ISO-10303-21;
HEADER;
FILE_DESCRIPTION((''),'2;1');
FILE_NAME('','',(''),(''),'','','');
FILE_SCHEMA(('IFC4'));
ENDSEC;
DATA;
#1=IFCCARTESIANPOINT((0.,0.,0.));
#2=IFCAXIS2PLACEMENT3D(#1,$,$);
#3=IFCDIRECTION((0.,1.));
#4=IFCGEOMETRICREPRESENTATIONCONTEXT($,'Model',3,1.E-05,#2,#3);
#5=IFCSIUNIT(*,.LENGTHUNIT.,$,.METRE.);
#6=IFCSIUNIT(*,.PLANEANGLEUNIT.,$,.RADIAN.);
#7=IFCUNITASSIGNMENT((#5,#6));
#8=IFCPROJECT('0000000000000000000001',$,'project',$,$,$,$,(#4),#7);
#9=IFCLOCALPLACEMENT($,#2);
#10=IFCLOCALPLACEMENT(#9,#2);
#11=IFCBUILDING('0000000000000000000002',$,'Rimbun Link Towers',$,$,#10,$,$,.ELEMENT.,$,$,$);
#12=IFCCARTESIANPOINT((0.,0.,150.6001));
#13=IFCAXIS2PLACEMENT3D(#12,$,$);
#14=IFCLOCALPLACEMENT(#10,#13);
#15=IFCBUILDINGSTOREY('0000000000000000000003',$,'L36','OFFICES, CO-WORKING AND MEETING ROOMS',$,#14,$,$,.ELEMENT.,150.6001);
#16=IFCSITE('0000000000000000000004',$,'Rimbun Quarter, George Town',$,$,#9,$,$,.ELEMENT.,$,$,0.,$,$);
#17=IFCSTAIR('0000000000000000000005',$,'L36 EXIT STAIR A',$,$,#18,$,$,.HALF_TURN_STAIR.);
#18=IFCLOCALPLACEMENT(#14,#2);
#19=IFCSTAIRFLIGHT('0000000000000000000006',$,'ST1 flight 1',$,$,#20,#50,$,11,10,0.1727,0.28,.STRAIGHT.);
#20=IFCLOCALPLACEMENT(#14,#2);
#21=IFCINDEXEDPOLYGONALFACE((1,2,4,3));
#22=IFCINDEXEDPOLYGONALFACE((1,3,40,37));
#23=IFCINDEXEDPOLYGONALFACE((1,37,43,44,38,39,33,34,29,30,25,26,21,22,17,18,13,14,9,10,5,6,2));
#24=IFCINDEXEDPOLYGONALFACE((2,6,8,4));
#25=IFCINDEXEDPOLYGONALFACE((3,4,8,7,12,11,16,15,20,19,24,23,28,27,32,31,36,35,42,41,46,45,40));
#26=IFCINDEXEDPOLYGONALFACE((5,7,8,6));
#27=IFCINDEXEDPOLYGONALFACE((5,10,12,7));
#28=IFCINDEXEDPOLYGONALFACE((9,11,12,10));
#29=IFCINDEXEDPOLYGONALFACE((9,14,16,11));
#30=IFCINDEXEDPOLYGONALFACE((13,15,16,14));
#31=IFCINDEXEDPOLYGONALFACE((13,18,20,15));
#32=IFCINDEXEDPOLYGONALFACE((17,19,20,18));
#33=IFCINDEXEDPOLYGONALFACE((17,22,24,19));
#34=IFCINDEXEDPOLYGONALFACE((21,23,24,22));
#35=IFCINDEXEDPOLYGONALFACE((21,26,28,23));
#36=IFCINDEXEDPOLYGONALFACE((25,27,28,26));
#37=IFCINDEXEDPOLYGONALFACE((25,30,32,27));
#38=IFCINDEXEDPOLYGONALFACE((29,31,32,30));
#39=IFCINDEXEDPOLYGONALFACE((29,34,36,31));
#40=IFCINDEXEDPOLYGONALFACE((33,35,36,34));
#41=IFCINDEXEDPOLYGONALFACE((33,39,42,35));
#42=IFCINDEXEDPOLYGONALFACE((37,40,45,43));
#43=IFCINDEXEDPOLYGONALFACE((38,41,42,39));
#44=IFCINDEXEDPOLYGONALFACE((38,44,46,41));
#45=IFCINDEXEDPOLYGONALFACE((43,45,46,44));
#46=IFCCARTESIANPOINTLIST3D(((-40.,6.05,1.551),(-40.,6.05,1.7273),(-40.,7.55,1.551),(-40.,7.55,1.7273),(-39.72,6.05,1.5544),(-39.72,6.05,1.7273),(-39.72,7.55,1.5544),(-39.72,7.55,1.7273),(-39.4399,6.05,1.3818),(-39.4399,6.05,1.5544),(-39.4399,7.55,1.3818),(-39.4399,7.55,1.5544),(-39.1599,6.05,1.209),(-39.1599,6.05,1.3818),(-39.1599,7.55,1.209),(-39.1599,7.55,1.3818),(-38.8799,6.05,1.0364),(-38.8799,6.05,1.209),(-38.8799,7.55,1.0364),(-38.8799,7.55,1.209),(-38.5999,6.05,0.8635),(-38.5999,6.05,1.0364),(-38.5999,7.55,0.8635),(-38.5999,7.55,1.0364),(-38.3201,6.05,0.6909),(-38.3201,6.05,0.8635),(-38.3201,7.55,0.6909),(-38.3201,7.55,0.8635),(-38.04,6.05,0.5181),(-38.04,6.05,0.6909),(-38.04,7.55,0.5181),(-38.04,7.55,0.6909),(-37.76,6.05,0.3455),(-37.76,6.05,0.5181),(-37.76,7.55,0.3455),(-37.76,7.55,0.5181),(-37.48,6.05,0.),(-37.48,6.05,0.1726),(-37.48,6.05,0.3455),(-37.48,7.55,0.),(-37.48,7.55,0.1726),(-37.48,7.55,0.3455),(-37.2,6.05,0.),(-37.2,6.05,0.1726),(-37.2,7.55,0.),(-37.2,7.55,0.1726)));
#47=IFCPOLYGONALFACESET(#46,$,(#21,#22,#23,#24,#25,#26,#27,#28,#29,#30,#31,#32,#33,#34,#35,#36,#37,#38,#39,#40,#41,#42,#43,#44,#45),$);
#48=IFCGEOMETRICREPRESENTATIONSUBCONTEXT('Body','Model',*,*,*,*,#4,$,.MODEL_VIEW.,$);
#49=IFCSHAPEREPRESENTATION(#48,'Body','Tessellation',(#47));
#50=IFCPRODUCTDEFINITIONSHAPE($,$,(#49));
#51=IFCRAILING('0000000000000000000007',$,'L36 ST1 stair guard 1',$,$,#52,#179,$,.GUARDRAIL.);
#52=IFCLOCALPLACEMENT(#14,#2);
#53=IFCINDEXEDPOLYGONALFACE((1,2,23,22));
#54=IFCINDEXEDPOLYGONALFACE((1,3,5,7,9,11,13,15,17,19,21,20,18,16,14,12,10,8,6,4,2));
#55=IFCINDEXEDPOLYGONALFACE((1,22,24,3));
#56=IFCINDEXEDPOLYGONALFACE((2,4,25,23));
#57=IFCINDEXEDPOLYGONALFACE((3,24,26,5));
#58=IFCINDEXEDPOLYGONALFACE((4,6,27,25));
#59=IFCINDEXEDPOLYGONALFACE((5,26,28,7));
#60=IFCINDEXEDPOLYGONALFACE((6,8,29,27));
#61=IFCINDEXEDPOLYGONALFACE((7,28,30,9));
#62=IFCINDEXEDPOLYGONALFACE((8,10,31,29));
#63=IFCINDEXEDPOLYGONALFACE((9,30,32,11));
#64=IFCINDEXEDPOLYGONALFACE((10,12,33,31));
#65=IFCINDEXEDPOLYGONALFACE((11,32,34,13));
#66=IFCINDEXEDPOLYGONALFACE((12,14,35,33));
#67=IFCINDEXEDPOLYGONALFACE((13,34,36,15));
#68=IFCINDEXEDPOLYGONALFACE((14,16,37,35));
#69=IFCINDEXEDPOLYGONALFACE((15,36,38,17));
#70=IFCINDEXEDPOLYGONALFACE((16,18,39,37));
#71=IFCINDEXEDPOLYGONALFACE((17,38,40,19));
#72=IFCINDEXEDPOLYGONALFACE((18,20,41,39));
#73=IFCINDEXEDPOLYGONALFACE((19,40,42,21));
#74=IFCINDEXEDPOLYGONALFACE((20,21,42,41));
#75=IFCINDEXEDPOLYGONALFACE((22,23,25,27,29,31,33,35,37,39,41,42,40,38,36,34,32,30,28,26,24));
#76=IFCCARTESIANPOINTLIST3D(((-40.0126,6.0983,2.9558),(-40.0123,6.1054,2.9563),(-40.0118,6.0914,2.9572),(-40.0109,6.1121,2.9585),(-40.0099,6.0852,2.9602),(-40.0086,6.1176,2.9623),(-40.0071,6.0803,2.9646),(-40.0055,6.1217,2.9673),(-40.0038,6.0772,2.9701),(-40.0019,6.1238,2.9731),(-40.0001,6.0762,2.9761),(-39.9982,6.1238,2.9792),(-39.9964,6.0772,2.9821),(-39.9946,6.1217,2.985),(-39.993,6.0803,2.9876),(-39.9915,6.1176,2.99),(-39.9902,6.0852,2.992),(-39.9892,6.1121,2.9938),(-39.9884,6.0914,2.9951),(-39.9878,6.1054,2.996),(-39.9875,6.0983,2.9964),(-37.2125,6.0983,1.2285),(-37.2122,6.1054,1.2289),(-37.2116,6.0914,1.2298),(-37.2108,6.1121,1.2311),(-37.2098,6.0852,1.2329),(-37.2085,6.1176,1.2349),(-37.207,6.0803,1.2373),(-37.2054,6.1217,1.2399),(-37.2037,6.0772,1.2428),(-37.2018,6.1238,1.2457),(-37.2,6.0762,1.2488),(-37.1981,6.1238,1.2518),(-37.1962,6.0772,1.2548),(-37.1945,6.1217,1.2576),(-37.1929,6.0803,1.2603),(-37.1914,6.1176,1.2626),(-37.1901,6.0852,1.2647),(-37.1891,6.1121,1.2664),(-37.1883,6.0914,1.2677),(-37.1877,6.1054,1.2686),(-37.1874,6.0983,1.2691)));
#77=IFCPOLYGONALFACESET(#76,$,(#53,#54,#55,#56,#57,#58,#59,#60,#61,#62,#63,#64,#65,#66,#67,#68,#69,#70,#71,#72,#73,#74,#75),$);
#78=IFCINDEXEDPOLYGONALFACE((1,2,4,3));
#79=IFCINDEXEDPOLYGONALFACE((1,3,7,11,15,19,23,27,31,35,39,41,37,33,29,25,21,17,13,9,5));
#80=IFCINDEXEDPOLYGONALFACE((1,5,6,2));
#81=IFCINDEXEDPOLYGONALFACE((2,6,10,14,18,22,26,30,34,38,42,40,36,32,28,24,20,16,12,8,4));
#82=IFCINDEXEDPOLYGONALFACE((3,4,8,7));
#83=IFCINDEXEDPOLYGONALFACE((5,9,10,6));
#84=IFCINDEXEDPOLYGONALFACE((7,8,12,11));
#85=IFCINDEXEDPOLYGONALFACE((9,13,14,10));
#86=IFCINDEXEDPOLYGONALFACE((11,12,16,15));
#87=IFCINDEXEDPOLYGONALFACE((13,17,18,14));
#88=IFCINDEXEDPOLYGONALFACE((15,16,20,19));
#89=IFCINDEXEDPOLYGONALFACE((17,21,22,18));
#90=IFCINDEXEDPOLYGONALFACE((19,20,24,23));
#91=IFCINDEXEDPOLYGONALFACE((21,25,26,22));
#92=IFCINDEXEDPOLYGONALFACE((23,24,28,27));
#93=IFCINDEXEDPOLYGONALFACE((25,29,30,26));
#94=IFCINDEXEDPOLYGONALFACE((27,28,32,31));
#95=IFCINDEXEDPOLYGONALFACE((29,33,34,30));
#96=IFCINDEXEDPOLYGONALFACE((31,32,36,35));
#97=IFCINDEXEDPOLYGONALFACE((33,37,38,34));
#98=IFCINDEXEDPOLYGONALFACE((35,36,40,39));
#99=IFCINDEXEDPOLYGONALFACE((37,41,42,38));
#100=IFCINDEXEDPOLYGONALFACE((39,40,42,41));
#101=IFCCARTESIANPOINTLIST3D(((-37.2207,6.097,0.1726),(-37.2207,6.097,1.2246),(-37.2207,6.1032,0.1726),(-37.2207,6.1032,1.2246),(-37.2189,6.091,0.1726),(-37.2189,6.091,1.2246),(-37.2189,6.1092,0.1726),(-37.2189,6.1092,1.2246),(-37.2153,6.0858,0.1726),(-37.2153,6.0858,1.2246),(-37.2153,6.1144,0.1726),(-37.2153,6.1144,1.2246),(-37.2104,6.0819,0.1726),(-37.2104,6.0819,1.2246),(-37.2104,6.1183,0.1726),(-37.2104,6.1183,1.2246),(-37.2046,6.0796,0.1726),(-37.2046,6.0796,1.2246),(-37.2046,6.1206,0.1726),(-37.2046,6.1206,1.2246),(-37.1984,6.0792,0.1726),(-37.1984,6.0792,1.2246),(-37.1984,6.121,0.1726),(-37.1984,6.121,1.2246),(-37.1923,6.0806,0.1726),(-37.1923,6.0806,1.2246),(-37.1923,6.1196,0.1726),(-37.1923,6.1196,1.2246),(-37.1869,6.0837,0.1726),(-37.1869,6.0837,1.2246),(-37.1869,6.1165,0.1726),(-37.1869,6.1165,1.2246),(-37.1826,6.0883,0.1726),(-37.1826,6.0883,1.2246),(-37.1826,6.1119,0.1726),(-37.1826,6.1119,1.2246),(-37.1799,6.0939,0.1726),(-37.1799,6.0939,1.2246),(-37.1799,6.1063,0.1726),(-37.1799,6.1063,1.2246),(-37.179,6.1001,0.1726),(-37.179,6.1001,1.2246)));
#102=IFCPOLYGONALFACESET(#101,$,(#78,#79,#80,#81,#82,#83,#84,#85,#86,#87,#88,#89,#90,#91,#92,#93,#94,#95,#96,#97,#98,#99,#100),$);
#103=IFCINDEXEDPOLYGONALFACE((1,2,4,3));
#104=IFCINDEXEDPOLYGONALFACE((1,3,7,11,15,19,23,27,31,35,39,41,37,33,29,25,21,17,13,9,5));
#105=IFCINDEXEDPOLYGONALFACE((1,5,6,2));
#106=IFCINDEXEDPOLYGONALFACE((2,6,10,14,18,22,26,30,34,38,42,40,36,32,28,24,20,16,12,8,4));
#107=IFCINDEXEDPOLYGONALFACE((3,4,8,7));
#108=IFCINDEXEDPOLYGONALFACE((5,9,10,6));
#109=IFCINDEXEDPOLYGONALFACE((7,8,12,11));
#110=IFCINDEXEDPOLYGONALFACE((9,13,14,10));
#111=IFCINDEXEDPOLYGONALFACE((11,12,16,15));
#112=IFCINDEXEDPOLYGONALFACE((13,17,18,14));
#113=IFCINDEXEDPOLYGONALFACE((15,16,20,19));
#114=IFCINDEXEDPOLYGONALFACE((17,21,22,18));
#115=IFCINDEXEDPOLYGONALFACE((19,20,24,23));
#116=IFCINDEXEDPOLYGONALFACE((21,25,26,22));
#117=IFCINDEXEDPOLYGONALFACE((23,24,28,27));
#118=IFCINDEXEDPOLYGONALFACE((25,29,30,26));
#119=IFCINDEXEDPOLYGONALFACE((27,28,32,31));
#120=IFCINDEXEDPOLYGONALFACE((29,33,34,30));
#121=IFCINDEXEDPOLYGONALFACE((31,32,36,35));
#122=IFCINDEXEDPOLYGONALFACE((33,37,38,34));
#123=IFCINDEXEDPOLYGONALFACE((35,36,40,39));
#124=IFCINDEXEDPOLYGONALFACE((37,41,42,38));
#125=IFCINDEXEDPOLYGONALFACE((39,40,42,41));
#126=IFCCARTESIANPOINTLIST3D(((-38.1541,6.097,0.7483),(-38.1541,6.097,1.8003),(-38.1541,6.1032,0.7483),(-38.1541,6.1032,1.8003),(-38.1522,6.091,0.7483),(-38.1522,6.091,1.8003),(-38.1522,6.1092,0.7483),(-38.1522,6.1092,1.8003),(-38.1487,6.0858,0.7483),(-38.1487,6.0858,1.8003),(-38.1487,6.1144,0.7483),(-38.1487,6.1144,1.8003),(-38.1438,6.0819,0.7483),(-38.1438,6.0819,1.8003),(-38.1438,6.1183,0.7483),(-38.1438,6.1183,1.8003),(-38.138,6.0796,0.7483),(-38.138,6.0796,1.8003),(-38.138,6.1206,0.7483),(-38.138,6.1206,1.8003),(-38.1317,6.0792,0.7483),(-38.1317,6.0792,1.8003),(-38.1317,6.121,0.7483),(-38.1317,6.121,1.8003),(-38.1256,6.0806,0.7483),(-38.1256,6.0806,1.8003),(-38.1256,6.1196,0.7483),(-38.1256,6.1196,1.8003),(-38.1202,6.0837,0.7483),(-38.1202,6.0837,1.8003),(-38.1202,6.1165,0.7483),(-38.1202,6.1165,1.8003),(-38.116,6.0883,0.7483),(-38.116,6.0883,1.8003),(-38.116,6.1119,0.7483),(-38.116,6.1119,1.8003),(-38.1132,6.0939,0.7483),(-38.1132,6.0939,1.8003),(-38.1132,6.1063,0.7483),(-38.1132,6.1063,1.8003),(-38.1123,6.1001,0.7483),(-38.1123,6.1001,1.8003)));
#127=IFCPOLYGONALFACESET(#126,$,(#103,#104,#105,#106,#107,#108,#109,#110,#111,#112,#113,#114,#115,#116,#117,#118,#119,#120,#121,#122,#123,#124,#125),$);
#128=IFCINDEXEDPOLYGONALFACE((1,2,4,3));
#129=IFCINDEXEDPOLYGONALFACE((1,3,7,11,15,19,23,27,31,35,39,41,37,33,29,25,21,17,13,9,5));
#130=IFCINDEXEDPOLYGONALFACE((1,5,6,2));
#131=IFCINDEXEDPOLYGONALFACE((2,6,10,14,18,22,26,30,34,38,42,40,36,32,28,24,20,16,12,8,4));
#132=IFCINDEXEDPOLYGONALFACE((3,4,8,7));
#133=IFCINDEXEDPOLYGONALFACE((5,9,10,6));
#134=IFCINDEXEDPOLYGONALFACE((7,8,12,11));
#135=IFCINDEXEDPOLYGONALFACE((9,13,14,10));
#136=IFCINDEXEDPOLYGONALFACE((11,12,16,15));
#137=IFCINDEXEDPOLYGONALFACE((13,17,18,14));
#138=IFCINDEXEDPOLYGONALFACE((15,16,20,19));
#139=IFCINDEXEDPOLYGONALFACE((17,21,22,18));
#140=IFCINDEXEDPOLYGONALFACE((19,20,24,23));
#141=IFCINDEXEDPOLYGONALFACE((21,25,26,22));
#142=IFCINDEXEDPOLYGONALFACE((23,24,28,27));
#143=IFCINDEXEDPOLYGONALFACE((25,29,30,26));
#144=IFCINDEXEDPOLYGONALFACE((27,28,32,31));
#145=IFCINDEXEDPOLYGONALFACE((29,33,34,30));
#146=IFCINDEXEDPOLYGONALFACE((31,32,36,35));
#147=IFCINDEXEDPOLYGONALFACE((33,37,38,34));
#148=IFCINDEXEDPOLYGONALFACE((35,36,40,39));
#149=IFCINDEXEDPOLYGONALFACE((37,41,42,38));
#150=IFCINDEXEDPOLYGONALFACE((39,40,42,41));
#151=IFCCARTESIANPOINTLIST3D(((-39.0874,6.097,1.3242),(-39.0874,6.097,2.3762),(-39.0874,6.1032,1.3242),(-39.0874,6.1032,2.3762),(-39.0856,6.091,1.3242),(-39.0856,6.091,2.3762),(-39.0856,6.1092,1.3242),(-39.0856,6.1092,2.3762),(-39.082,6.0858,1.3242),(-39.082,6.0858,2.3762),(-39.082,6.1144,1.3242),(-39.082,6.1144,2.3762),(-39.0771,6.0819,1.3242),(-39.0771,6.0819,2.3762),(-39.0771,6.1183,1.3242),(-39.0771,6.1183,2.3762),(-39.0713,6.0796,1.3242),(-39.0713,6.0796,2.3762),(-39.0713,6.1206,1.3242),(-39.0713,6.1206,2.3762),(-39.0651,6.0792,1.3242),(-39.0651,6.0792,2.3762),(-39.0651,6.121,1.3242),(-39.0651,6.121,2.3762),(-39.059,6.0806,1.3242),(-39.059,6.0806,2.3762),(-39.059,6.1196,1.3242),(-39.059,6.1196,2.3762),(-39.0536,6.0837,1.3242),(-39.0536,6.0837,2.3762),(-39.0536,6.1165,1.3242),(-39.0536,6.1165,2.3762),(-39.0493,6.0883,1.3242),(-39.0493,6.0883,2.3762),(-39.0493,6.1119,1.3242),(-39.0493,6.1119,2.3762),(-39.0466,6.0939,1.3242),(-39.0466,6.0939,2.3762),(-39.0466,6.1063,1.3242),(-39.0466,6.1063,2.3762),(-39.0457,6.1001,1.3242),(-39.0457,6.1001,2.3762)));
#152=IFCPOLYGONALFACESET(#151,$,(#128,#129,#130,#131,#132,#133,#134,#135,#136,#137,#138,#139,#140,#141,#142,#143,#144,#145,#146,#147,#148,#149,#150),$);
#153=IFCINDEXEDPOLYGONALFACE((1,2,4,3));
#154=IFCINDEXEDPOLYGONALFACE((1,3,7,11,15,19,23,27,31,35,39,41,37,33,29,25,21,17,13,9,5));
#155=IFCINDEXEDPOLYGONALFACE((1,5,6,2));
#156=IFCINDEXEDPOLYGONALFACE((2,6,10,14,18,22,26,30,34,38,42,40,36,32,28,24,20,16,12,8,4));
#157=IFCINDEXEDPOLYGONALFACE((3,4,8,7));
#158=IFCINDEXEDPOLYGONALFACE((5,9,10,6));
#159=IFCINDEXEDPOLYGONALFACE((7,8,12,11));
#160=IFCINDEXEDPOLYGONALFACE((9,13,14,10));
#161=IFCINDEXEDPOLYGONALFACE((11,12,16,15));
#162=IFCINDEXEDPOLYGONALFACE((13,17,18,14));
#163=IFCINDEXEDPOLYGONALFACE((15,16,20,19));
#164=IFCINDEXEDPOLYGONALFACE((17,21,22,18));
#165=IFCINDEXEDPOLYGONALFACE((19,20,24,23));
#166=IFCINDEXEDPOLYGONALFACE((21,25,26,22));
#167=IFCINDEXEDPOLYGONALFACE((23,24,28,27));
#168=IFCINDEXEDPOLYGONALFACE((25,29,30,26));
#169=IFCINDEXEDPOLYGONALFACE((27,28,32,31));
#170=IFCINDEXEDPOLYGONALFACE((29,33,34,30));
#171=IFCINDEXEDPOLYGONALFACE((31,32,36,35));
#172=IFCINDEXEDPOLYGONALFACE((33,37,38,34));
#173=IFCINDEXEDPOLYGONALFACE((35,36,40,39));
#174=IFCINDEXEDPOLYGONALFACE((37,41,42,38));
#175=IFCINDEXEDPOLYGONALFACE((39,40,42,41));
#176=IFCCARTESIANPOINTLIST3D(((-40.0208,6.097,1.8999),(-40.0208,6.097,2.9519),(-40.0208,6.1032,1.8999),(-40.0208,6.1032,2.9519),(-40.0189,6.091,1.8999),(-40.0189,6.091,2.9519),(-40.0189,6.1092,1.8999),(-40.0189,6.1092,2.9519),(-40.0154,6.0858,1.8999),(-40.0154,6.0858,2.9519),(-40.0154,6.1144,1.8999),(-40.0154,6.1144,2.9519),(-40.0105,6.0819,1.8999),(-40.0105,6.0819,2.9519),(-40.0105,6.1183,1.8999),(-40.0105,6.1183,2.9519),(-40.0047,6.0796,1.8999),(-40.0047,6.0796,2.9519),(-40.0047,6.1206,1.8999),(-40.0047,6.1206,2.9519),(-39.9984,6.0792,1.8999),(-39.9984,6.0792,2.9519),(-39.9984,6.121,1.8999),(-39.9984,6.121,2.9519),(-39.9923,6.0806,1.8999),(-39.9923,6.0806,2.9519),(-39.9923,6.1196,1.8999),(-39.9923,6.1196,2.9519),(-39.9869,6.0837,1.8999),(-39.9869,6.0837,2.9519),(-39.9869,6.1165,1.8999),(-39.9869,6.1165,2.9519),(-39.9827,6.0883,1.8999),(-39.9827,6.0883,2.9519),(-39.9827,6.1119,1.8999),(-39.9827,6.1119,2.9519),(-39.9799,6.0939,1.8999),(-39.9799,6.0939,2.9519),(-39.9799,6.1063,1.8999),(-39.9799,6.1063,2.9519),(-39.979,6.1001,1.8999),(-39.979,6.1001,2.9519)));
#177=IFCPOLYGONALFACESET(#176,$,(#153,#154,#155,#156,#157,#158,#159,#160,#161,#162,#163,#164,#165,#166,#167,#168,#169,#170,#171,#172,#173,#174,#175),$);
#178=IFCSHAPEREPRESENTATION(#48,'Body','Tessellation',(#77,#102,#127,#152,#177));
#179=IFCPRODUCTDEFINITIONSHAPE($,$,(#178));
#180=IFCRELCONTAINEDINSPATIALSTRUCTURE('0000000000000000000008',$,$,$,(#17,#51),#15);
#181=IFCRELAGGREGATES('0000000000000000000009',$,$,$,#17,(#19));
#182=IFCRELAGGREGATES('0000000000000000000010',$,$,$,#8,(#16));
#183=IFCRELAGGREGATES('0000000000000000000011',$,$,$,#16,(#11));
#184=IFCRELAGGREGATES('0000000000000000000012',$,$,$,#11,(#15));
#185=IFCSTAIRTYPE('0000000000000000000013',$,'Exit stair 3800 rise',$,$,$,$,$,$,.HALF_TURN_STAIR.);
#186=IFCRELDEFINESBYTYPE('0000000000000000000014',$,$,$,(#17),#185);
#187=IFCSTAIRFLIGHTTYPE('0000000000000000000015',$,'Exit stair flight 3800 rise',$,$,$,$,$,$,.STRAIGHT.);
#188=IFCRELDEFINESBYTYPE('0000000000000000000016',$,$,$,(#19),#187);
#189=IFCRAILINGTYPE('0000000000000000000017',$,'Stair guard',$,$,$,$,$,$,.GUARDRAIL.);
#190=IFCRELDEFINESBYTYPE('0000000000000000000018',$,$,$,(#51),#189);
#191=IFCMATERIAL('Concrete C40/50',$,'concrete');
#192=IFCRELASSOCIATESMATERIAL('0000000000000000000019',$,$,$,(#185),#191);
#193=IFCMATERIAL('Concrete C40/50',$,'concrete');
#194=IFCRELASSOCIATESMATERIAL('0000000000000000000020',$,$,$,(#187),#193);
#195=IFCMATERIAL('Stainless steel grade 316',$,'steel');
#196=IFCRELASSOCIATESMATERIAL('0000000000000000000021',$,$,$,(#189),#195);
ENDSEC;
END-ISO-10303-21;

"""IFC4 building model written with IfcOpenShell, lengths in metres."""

from ifc_helpers import new_model, si_unit, direction, frame, origin, origin_2d, place, context, subcontext, project, spatial, polyline, circle, outline, extrude, material, type_object, element, aggregate, save


model = new_model("IFC4")

# Units and contexts
model_context = context("Model", 3, precision=1e-05, world=origin(), true_north=direction((0.0, 1.0)))
body_context = subcontext(model_context, "Body", "Model", "MODEL_VIEW")
ifc_project = project(units=[si_unit("LENGTHUNIT", "METRE"), si_unit("PLANEANGLEUNIT", "RADIAN")], contexts=[model_context])

# Site, building, storey
site_placement = place(None, origin())
site = spatial("IfcSite", under=ifc_project, at=site_placement, Name="Rimbun Quarter, George Town", CompositionType="ELEMENT", RefElevation=0.0)
building_placement = place(site_placement, origin())
building = spatial("IfcBuilding", under=site, at=building_placement, Name="Rimbun Link Towers", CompositionType="ELEMENT")
storey_placement = place(building_placement, frame((0.0, 0.0, 150.6001)))
storey = spatial("IfcBuildingStorey", under=building, at=storey_placement, Name="L36", Description="OFFICES, CO-WORKING AND MEETING ROOMS", CompositionType="ELEMENT", Elevation=150.6001)

# Stair, stair flight
ifc_material_1 = material(Name="Concrete C40/50", Category="concrete")
stair_type = type_object("IfcStairType", Name="Exit stair 3800 rise", PredefinedType="HALF_TURN_STAIR", material=ifc_material_1)
stair_placement = place(storey_placement, origin())
stair = element("IfcStair", 1, at=stair_placement, inside=storey, type_object=stair_type, Name="L36 EXIT STAIR A", PredefinedType="HALF_TURN_STAIR")
ifc_material_2 = material(Name="Concrete C40/50", Category="concrete")
stair_flight_type = type_object("IfcStairFlightType", Name="Exit stair flight 3800 rise", PredefinedType="STRAIGHT", material=ifc_material_2)
stair_flight_placement = place(storey_placement, frame((-37.2, 6.8, 0.0), z_axis=(0.0, 0.0, 1.0), x_axis=(-1.0, 0.0, 0.0)))
stair_flight = element("IfcStairFlight", 2, at=stair_flight_placement, type_object=stair_flight_type, Name="ST1 flight 1", NumberOfRisers=11, NumberOfTreads=10, PredefinedType="STRAIGHT", RiserHeight=0.1727, TreadLength=0.28, context=body_context, shape_type="SweptSolid", body=[
    extrude(outline(polyline([(0.0, 0.0), (0.0, 0.1726), (0.28, 0.1726), (0.28, 0.3455), (0.5601, 0.3455), (0.5601, 0.5181), (0.8401, 0.5181), (0.8401, 0.6909), (1.1201, 0.6909), (1.1201, 0.8635), (1.3999, 0.8635), (1.3999, 1.0364), (1.6799, 1.0364), (1.6799, 1.209), (1.96, 1.209), (1.96, 1.3818), (2.24, 1.3818), (2.24, 1.5544), (2.52, 1.5544), (2.52, 1.7273), (2.8, 1.7273), (2.8, 1.8999), (2.8, 1.551), (0.28, 0.0), (0.0, 0.0)])), frame((0.0, 0.75, 0.0), z_axis=(0.0, -1.0, 0.0), x_axis=(1.0, 0.0, 0.0)), (0.0, 0.0, 1.0), 1.5),
])
aggregate(stair, [stair_flight])

# Railing
ifc_material_3 = material(Name="Stainless steel grade 316", Category="steel")
railing_type_1 = type_object("IfcRailingType", Name="Stair guard", PredefinedType="GUARDRAIL", material=ifc_material_3)
railing_1_placement = place(storey_placement, frame((-37.2, 6.1001, 0.1726)))
element("IfcRailing", 3, at=railing_1_placement, inside=storey, type_object=railing_type_1, Name="L36 ST1 stair guard 1", PredefinedType="GUARDRAIL", context=body_context, shape_type="SweptSolid", body=[
    extrude(circle(Radius=0.0239, at=origin_2d()), frame((0.0, 0.0, 1.0762), z_axis=(-0.85109, 0.0, 0.52502), x_axis=(0.0, -1.0, 0.0)), (0.0, 0.0, 1.0), 3.29),
    extrude(circle(Radius=0.021, at=origin_2d()), origin(), (0.0, 0.0, 1.0), 1.052),
    extrude(circle(Radius=0.021, at=origin_2d()), frame((-0.9333, 0.0, 0.5757)), (0.0, 0.0, 1.0), 1.052),
    extrude(circle(Radius=0.021, at=origin_2d()), frame((-1.8667, 0.0, 1.1516)), (0.0, 0.0, 1.0), 1.052),
    extrude(circle(Radius=0.021, at=origin_2d()), frame((-2.8, 0.0, 1.7273)), (0.0, 0.0, 1.0), 1.052),
])

save(model, "model.ifc")
